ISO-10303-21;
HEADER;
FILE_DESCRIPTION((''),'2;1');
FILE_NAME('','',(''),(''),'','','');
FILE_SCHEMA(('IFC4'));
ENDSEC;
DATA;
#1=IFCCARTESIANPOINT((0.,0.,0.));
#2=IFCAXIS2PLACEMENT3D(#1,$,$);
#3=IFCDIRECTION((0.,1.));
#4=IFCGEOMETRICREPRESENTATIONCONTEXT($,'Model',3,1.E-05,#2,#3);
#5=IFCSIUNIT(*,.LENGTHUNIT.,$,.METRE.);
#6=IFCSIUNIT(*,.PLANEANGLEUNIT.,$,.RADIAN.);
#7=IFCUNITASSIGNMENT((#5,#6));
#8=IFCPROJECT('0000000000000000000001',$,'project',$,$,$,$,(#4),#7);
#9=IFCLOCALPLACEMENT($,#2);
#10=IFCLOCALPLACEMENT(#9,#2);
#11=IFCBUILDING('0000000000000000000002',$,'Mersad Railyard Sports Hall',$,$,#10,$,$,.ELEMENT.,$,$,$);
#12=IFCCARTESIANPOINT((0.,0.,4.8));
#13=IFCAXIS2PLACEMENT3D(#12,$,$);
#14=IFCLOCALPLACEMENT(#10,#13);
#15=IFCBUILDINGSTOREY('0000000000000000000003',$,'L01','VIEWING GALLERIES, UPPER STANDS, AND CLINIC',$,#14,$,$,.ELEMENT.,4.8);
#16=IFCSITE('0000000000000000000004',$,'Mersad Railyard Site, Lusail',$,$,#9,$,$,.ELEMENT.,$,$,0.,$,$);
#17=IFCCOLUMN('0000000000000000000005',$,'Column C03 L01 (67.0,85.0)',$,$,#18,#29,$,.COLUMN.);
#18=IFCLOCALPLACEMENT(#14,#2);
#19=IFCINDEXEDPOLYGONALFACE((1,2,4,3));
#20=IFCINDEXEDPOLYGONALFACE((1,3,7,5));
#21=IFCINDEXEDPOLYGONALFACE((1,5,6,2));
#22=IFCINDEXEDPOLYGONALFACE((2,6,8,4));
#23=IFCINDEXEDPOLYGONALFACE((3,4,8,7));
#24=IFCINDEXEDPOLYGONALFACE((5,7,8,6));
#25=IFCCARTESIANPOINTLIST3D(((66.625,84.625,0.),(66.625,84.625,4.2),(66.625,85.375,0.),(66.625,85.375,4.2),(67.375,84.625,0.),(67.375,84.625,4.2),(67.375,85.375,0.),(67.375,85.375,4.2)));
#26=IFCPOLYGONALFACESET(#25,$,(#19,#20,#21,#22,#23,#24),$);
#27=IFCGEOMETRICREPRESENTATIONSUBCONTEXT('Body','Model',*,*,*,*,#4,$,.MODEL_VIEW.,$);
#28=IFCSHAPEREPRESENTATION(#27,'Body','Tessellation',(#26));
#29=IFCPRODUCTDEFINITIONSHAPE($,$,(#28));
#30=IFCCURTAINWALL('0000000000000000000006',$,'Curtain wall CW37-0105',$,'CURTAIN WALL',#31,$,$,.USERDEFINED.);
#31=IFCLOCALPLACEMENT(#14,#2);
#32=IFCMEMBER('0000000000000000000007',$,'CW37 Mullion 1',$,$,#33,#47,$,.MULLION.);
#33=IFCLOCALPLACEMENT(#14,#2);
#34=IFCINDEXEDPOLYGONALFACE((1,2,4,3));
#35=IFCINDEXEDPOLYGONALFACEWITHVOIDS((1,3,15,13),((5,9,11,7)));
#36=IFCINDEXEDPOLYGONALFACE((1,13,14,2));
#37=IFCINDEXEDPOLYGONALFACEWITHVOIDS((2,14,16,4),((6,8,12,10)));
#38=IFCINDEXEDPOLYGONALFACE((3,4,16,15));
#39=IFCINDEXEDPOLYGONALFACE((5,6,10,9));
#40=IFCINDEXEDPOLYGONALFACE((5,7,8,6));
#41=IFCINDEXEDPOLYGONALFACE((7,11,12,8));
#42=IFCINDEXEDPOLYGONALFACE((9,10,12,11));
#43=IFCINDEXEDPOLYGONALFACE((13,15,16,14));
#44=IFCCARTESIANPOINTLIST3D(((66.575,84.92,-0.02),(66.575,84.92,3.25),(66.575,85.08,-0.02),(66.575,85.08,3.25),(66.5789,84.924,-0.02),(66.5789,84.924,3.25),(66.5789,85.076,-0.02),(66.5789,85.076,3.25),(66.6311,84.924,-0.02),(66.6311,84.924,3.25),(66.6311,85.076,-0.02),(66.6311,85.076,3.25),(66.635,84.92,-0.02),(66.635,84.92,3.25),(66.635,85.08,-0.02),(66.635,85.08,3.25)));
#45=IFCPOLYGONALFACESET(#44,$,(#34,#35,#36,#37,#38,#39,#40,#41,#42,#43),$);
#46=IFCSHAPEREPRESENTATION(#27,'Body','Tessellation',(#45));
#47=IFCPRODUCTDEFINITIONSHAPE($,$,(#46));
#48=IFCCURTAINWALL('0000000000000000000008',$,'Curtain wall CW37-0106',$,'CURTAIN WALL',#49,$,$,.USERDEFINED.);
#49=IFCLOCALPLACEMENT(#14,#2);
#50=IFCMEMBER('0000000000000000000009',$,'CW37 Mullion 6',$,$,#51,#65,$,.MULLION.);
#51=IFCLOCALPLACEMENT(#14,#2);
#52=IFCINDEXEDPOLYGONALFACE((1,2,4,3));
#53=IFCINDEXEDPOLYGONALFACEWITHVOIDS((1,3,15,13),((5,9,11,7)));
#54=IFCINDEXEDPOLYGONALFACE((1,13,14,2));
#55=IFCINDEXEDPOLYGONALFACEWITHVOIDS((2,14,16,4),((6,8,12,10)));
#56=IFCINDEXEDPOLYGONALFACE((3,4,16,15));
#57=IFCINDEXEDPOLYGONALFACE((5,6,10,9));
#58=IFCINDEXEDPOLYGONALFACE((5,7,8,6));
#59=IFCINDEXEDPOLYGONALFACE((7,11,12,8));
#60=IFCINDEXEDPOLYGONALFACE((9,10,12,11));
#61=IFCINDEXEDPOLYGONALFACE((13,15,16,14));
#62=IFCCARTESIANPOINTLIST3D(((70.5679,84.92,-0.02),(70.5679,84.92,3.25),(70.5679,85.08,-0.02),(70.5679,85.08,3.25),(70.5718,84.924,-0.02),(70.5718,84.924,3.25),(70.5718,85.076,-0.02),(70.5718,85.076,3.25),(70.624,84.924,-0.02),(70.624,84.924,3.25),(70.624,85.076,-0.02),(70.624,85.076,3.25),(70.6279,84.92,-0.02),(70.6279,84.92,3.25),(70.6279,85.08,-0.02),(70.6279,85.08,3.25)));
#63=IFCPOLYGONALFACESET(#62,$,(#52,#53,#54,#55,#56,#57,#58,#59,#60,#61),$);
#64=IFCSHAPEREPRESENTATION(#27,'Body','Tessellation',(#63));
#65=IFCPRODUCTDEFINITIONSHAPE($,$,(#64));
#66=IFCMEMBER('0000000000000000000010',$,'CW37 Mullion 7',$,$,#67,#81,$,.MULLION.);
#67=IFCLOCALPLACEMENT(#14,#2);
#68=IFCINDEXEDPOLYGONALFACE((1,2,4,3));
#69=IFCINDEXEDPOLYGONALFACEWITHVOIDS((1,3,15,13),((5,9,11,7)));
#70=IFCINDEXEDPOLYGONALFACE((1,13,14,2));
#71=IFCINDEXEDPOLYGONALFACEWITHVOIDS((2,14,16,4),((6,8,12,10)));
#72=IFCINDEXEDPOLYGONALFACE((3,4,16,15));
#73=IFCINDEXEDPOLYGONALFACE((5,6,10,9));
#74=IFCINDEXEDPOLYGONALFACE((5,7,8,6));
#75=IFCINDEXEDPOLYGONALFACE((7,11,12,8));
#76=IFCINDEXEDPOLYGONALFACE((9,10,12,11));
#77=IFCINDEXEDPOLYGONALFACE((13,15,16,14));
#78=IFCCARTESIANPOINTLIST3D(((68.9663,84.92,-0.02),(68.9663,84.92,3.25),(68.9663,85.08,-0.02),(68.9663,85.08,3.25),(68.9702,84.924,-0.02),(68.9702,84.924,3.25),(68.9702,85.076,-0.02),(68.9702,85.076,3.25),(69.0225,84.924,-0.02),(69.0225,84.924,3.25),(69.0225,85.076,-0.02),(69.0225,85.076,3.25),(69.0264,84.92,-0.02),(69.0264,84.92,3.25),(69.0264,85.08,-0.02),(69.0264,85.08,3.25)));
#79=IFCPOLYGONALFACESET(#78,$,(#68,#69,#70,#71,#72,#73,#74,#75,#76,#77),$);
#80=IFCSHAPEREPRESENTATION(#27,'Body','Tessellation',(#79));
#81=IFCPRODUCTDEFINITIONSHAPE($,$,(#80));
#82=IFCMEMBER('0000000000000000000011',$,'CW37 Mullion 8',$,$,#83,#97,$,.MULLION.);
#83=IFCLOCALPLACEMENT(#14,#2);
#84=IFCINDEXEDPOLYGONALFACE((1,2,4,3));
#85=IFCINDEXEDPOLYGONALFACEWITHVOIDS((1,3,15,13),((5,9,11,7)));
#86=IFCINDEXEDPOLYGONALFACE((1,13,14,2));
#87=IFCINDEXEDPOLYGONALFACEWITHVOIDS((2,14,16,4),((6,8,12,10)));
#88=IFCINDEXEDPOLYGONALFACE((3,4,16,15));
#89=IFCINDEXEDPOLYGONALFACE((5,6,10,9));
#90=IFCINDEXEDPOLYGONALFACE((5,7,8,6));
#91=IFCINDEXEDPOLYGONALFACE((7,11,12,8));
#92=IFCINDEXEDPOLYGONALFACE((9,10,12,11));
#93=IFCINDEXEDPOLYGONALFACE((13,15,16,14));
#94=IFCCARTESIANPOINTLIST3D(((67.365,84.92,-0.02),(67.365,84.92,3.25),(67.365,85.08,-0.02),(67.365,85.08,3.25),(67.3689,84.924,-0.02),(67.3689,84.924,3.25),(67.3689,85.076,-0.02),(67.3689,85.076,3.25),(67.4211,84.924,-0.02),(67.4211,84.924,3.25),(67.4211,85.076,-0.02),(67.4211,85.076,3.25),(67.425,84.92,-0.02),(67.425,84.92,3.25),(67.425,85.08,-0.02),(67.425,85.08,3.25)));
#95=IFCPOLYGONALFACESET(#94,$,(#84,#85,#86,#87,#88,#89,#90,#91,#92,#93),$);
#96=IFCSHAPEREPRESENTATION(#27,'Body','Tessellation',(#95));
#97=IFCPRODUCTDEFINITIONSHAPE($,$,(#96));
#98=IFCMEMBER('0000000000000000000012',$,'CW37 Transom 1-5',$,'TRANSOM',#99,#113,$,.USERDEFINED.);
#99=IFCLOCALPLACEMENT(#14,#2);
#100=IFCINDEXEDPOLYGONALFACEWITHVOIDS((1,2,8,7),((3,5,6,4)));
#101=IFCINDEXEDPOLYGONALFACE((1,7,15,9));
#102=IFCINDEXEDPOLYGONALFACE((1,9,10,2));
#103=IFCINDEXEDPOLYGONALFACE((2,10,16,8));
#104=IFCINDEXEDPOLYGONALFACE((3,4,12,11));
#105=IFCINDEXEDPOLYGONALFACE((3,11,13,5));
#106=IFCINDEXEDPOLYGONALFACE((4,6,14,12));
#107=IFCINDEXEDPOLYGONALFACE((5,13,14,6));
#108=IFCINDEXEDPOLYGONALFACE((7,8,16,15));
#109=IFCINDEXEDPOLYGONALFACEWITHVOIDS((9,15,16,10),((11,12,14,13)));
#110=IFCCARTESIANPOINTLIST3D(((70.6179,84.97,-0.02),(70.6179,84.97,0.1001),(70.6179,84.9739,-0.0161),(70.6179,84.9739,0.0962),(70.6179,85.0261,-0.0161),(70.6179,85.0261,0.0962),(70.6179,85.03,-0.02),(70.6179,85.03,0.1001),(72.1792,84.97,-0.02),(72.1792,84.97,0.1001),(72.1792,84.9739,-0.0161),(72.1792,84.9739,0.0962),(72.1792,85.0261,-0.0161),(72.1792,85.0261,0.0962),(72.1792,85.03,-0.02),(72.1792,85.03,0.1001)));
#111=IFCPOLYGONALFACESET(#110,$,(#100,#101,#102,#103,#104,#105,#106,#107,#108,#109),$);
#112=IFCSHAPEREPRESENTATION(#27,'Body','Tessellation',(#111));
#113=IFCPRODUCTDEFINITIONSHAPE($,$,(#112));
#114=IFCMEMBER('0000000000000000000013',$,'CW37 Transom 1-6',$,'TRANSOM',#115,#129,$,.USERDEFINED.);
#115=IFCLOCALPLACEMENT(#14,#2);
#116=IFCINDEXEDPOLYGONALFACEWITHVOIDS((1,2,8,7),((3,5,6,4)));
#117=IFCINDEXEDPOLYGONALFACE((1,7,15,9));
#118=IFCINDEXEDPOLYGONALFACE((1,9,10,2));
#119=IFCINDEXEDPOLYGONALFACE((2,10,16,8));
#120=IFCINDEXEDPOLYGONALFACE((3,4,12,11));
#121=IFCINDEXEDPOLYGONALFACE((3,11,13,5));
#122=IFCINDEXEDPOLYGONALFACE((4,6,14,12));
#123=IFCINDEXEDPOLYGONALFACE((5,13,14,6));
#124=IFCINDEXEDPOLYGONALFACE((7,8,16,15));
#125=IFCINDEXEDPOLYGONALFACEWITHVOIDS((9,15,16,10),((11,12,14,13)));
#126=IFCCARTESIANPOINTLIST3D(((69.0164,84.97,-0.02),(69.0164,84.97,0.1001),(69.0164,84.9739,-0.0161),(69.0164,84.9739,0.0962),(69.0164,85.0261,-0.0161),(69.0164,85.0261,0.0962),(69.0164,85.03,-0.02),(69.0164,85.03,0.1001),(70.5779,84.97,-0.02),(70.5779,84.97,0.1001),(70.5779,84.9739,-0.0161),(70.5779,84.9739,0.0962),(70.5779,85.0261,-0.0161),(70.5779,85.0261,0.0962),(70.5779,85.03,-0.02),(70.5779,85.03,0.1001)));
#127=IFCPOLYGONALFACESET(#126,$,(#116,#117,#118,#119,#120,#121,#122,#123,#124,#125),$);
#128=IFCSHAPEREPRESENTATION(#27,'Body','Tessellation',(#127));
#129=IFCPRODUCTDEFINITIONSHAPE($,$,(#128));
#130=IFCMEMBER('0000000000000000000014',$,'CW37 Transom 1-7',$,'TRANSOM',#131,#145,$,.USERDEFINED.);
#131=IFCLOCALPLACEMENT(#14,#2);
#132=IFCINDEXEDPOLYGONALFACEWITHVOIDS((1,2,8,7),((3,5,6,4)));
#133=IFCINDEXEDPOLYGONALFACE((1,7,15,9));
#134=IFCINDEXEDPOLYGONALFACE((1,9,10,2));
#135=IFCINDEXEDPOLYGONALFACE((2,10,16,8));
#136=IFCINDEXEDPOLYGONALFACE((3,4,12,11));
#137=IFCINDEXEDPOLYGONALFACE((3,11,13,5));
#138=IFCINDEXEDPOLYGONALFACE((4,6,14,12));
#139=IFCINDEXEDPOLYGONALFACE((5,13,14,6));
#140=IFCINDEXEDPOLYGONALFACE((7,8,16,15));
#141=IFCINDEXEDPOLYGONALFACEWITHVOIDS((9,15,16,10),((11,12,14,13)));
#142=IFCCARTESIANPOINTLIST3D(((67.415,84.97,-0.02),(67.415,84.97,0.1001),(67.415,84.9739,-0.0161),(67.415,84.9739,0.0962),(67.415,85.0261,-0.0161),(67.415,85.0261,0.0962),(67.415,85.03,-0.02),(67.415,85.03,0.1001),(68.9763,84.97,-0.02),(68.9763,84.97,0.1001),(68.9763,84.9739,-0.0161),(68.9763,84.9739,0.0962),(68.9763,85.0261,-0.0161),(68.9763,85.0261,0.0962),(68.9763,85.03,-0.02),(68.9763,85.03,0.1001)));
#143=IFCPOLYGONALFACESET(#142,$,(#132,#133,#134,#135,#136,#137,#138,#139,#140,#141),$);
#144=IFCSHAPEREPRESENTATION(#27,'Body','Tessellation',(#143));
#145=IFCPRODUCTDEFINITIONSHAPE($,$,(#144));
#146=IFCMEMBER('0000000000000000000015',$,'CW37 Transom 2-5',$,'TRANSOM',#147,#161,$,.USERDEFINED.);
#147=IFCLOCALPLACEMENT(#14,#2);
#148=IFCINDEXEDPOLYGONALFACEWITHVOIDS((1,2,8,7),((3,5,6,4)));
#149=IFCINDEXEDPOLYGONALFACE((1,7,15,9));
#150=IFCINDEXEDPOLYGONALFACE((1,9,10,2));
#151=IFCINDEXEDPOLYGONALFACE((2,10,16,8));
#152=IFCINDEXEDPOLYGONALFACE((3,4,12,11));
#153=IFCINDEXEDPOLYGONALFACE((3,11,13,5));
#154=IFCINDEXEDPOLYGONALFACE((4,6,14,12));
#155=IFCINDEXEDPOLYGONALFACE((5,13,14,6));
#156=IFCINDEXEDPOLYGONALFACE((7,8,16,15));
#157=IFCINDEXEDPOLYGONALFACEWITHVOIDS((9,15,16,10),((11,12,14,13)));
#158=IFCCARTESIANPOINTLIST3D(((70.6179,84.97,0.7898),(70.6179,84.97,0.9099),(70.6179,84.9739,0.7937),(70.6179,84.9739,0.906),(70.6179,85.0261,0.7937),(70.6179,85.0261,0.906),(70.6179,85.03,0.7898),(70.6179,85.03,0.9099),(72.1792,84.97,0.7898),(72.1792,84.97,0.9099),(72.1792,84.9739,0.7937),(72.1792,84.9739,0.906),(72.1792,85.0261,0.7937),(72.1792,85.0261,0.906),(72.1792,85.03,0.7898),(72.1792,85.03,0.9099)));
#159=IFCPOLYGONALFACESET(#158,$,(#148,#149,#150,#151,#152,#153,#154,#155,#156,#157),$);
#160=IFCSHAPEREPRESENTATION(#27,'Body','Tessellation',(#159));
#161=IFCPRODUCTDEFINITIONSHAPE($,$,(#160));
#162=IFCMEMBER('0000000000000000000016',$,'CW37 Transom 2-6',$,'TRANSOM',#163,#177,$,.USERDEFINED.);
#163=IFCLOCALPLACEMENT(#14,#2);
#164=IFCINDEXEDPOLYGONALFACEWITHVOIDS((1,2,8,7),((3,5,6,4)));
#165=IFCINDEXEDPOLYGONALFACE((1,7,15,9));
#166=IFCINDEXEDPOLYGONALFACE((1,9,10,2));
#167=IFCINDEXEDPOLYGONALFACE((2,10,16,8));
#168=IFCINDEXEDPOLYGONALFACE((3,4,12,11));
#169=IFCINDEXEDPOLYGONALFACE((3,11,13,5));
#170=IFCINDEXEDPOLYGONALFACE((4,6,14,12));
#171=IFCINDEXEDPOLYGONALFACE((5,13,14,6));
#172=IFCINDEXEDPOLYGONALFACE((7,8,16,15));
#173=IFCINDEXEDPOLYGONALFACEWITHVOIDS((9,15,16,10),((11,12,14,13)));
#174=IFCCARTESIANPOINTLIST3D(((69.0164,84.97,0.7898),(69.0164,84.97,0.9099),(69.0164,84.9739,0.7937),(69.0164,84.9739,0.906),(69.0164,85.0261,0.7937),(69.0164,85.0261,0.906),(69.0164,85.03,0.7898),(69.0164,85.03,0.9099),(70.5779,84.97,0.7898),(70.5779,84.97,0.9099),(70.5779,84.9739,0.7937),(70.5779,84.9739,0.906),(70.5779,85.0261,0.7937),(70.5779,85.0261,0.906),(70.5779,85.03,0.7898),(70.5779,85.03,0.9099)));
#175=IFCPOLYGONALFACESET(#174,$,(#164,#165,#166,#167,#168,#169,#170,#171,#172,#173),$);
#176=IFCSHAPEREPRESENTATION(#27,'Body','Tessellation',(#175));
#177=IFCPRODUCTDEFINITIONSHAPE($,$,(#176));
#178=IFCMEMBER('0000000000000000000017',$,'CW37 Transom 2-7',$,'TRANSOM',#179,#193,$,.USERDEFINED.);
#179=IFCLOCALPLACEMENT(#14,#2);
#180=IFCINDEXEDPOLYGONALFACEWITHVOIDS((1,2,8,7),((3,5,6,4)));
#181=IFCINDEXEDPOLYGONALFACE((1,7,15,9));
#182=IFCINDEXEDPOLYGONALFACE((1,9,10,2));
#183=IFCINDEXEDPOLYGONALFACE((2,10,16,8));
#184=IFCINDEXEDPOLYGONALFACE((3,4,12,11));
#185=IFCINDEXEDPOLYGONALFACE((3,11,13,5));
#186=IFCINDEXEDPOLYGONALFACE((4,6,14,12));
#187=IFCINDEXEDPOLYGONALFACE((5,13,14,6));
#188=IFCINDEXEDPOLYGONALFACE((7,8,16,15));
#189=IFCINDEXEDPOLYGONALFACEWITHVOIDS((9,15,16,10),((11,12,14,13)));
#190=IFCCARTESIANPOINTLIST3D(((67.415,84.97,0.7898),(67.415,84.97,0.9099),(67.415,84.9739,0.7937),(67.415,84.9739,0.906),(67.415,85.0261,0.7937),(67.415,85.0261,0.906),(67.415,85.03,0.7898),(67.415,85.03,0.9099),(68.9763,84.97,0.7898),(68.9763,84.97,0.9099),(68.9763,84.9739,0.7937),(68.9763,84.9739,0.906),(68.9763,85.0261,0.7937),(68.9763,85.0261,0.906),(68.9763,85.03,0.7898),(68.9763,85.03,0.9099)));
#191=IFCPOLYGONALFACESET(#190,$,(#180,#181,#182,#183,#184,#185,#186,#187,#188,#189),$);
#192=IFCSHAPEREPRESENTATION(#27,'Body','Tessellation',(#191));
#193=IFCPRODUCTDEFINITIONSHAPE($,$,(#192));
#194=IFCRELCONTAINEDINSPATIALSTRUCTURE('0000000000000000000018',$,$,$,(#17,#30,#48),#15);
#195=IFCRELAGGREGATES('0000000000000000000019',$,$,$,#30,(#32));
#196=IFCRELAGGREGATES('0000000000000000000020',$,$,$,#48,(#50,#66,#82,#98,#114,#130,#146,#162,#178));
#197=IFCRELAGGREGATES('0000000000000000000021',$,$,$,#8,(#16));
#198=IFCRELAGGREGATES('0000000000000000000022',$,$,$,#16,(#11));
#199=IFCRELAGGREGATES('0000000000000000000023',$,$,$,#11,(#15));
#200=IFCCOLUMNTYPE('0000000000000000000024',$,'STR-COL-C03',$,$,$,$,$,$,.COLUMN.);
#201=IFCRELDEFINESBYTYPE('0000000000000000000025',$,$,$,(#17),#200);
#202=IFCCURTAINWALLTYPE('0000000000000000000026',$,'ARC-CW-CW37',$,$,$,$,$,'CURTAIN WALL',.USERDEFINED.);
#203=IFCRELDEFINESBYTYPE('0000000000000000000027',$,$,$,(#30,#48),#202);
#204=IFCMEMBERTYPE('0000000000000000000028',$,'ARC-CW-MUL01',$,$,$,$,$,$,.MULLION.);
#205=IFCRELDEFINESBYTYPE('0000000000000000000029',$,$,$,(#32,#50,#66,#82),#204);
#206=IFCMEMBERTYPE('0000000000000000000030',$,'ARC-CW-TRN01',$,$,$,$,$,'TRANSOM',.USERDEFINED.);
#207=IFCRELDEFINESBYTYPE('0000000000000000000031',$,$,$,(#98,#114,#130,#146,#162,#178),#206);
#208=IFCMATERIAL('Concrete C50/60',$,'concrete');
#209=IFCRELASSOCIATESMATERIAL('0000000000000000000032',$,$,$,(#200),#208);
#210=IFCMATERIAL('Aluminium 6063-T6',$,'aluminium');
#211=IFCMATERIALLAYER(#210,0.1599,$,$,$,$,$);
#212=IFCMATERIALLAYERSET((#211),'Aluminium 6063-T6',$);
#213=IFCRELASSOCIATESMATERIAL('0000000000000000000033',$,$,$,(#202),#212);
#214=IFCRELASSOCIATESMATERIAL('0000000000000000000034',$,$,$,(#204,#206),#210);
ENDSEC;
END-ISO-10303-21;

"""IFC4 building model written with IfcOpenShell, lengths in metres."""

from ifc_helpers import new_model, si_unit, direction, frame, origin, origin_2d, place, context, subcontext, project, spatial, rectangle, hollow_rectangle, extrude, material, layer, layer_set, material_profile, profile_set, type_object, element, aggregate, save


model = new_model("IFC4")

# Units and contexts
model_context = context("Model", 3, precision=1e-05, world=origin(), true_north=direction((0.0, 1.0)))
body_context = subcontext(model_context, "Body", "Model", "MODEL_VIEW")
ifc_project = project(units=[si_unit("LENGTHUNIT", "METRE"), si_unit("PLANEANGLEUNIT", "RADIAN")], contexts=[model_context])

# Site, building, storey
site_placement = place(None, origin())
site = spatial("IfcSite", under=ifc_project, at=site_placement, Name="Mersad Railyard Site, Lusail", CompositionType="ELEMENT", RefElevation=0.0)
building_placement = place(site_placement, origin())
building = spatial("IfcBuilding", under=site, at=building_placement, Name="Mersad Railyard Sports Hall", CompositionType="ELEMENT")
storey_placement = place(building_placement, frame((0.0, 0.0, 4.8)))
storey = spatial("IfcBuildingStorey", under=building, at=storey_placement, Name="L01", Description="VIEWING GALLERIES, UPPER STANDS, AND CLINIC", CompositionType="ELEMENT", Elevation=4.8)

# Column
ifc_material_1 = material(Name="Concrete C50/60", Category="concrete")
ifc_material_profile_1 = material_profile(ifc_material_1, rectangle(XDim=0.75, YDim=0.75, at=origin_2d()), Name="RC 750x750")
ifc_profile_set_1 = profile_set([ifc_material_profile_1], Name="Concrete C50/60")
column_type = type_object("IfcColumnType", Name="STR-COL-C03", PredefinedType="COLUMN", material=ifc_profile_set_1)
column_placement = place(storey_placement, frame((67.0, 85.0, 0.0), z_axis=(0.0, 0.0, 1.0), x_axis=(1.0, 0.0, 0.0)))
element("IfcColumn", 1, at=column_placement, inside=storey, type_object=column_type, Name="Column C03 L01 (67.0,85.0)", PredefinedType="COLUMN", context=body_context, shape_type="SweptSolid", body=[
    extrude(rectangle(XDim=0.75, YDim=0.75, at=origin_2d()), origin(), (0.0, 0.0, 1.0), 4.2),
])

# Curtain wall, member
ifc_material_2 = material(Name="Aluminium 6063-T6", Category="aluminium")
ifc_layer_1 = layer(ifc_material_2, 0.1599)
ifc_layer_set_1 = layer_set([ifc_layer_1], Name="Aluminium 6063-T6")
curtain_wall_type = type_object("IfcCurtainWallType", Name="ARC-CW-CW37", ElementType="CURTAIN WALL", PredefinedType="USERDEFINED", material=ifc_layer_set_1)
curtain_wall_1_placement = place(storey_placement, origin())
curtain_wall_1 = element("IfcCurtainWall", 2, at=curtain_wall_1_placement, inside=storey, type_object=curtain_wall_type, Name="Curtain wall CW37-0105", ObjectType="CURTAIN WALL", PredefinedType="USERDEFINED")
ifc_material_profile_2 = material_profile(ifc_material_2, hollow_rectangle(XDim=0.0601, YDim=0.1599, WallThickness=0.0039, at=origin_2d()), Name="AL MULLION 60x160x4")
ifc_profile_set_2 = profile_set([ifc_material_profile_2], Name="Aluminium 6063-T6")
member_type_1 = type_object("IfcMemberType", Name="ARC-CW-MUL01", PredefinedType="MULLION", material=ifc_profile_set_2)
member_1_placement = place(storey_placement, frame((66.605, 85.0, -0.02), z_axis=(0.0, 0.0, 1.0), x_axis=(1.0, 0.0, 0.0)))
member_1 = element("IfcMember", 3, at=member_1_placement, type_object=member_type_1, Name="CW37 Mullion 1", PredefinedType="MULLION", context=body_context, shape_type="SweptSolid", body=[
    extrude(hollow_rectangle(XDim=0.0601, YDim=0.1599, WallThickness=0.0039, at=origin_2d()), origin(), (0.0, 0.0, 1.0), 3.27),
])
aggregate(curtain_wall_1, [member_1])

# Curtain wall, members
curtain_wall_2_placement = place(storey_placement, origin())
curtain_wall_2 = element("IfcCurtainWall", 4, at=curtain_wall_2_placement, inside=storey, type_object=curtain_wall_type, Name="Curtain wall CW37-0106", ObjectType="CURTAIN WALL", PredefinedType="USERDEFINED")
member_2_placement = place(storey_placement, frame((70.5979, 85.0, -0.02), z_axis=(0.0, 0.0, 1.0), x_axis=(1.0, 0.0, 0.0)))
member_2 = element("IfcMember", 5, at=member_2_placement, type_object=member_type_1, Name="CW37 Mullion 6", PredefinedType="MULLION", context=body_context, shape_type="SweptSolid", body=[
    extrude(hollow_rectangle(XDim=0.0601, YDim=0.1599, WallThickness=0.0039, at=origin_2d()), origin(), (0.0, 0.0, 1.0), 3.27),
])
member_3_placement = place(storey_placement, frame((68.9963, 85.0, -0.02), z_axis=(0.0, 0.0, 1.0), x_axis=(1.0, 0.0, 0.0)))
member_3 = element("IfcMember", 6, at=member_3_placement, type_object=member_type_1, Name="CW37 Mullion 7", PredefinedType="MULLION", context=body_context, shape_type="SweptSolid", body=[
    extrude(hollow_rectangle(XDim=0.0601, YDim=0.1599, WallThickness=0.0039, at=origin_2d()), origin(), (0.0, 0.0, 1.0), 3.27),
])
member_4_placement = place(storey_placement, frame((67.395, 85.0, -0.02), z_axis=(0.0, 0.0, 1.0), x_axis=(1.0, 0.0, 0.0)))
member_4 = element("IfcMember", 7, at=member_4_placement, type_object=member_type_1, Name="CW37 Mullion 8", PredefinedType="MULLION", context=body_context, shape_type="SweptSolid", body=[
    extrude(hollow_rectangle(XDim=0.0601, YDim=0.1599, WallThickness=0.0039, at=origin_2d()), origin(), (0.0, 0.0, 1.0), 3.27),
])
ifc_material_profile_3 = material_profile(ifc_material_2, hollow_rectangle(XDim=0.0601, YDim=0.1201, WallThickness=0.0039, at=origin_2d()), Name="AL TRANSOM 60x120x4")
ifc_profile_set_3 = profile_set([ifc_material_profile_3], Name="Aluminium 6063-T6")
member_type_2 = type_object("IfcMemberType", Name="ARC-CW-TRN01", ElementType="TRANSOM", PredefinedType="USERDEFINED", material=ifc_profile_set_3)
member_5_placement = place(storey_placement, frame((72.1792, 85.0, 0.04), z_axis=(-1.0, 0.0, 0.0), x_axis=(0.0, -1.0, 0.0)))
member_5 = element("IfcMember", 8, at=member_5_placement, type_object=member_type_2, Name="CW37 Transom 1-5", ObjectType="TRANSOM", PredefinedType="USERDEFINED", context=body_context, shape_type="SweptSolid", body=[
    extrude(hollow_rectangle(XDim=0.0601, YDim=0.1201, WallThickness=0.0039, at=origin_2d()), origin(), (0.0, 0.0, 1.0), 1.5613),
])
member_6_placement = place(storey_placement, frame((70.5779, 85.0, 0.04), z_axis=(-1.0, 0.0, 0.0), x_axis=(0.0, -1.0, 0.0)))
member_6 = element("IfcMember", 9, at=member_6_placement, type_object=member_type_2, Name="CW37 Transom 1-6", ObjectType="TRANSOM", PredefinedType="USERDEFINED", context=body_context, shape_type="SweptSolid", body=[
    extrude(hollow_rectangle(XDim=0.0601, YDim=0.1201, WallThickness=0.0039, at=origin_2d()), origin(), (0.0, 0.0, 1.0), 1.5615),
])
member_7_placement = place(storey_placement, frame((68.9763, 85.0, 0.04), z_axis=(-1.0, 0.0, 0.0), x_axis=(0.0, -1.0, 0.0)))
member_7 = element("IfcMember", 10, at=member_7_placement, type_object=member_type_2, Name="CW37 Transom 1-7", ObjectType="TRANSOM", PredefinedType="USERDEFINED", context=body_context, shape_type="SweptSolid", body=[
    extrude(hollow_rectangle(XDim=0.0601, YDim=0.1201, WallThickness=0.0039, at=origin_2d()), origin(), (0.0, 0.0, 1.0), 1.5613),
])
member_8_placement = place(storey_placement, frame((72.1792, 85.0, 0.8499), z_axis=(-1.0, 0.0, 0.0), x_axis=(0.0, -1.0, 0.0)))
member_8 = element("IfcMember", 11, at=member_8_placement, type_object=member_type_2, Name="CW37 Transom 2-5", ObjectType="TRANSOM", PredefinedType="USERDEFINED", context=body_context, shape_type="SweptSolid", body=[
    extrude(hollow_rectangle(XDim=0.0601, YDim=0.1201, WallThickness=0.0039, at=origin_2d()), origin(), (0.0, 0.0, 1.0), 1.5613),
])
member_9_placement = place(storey_placement, frame((70.5779, 85.0, 0.8499), z_axis=(-1.0, 0.0, 0.0), x_axis=(0.0, -1.0, 0.0)))
member_9 = element("IfcMember", 12, at=member_9_placement, type_object=member_type_2, Name="CW37 Transom 2-6", ObjectType="TRANSOM", PredefinedType="USERDEFINED", context=body_context, shape_type="SweptSolid", body=[
    extrude(hollow_rectangle(XDim=0.0601, YDim=0.1201, WallThickness=0.0039, at=origin_2d()), origin(), (0.0, 0.0, 1.0), 1.5615),
])
member_10_placement = place(storey_placement, frame((68.9763, 85.0, 0.8499), z_axis=(-1.0, 0.0, 0.0), x_axis=(0.0, -1.0, 0.0)))
member_10 = element("IfcMember", 13, at=member_10_placement, type_object=member_type_2, Name="CW37 Transom 2-7", ObjectType="TRANSOM", PredefinedType="USERDEFINED", context=body_context, shape_type="SweptSolid", body=[
    extrude(hollow_rectangle(XDim=0.0601, YDim=0.1201, WallThickness=0.0039, at=origin_2d()), origin(), (0.0, 0.0, 1.0), 1.5613),
])

aggregate(curtain_wall_2, [member_2, member_3, member_4, member_5, member_6, member_7, member_8, member_9, member_10])

save(model, "model.ifc")
